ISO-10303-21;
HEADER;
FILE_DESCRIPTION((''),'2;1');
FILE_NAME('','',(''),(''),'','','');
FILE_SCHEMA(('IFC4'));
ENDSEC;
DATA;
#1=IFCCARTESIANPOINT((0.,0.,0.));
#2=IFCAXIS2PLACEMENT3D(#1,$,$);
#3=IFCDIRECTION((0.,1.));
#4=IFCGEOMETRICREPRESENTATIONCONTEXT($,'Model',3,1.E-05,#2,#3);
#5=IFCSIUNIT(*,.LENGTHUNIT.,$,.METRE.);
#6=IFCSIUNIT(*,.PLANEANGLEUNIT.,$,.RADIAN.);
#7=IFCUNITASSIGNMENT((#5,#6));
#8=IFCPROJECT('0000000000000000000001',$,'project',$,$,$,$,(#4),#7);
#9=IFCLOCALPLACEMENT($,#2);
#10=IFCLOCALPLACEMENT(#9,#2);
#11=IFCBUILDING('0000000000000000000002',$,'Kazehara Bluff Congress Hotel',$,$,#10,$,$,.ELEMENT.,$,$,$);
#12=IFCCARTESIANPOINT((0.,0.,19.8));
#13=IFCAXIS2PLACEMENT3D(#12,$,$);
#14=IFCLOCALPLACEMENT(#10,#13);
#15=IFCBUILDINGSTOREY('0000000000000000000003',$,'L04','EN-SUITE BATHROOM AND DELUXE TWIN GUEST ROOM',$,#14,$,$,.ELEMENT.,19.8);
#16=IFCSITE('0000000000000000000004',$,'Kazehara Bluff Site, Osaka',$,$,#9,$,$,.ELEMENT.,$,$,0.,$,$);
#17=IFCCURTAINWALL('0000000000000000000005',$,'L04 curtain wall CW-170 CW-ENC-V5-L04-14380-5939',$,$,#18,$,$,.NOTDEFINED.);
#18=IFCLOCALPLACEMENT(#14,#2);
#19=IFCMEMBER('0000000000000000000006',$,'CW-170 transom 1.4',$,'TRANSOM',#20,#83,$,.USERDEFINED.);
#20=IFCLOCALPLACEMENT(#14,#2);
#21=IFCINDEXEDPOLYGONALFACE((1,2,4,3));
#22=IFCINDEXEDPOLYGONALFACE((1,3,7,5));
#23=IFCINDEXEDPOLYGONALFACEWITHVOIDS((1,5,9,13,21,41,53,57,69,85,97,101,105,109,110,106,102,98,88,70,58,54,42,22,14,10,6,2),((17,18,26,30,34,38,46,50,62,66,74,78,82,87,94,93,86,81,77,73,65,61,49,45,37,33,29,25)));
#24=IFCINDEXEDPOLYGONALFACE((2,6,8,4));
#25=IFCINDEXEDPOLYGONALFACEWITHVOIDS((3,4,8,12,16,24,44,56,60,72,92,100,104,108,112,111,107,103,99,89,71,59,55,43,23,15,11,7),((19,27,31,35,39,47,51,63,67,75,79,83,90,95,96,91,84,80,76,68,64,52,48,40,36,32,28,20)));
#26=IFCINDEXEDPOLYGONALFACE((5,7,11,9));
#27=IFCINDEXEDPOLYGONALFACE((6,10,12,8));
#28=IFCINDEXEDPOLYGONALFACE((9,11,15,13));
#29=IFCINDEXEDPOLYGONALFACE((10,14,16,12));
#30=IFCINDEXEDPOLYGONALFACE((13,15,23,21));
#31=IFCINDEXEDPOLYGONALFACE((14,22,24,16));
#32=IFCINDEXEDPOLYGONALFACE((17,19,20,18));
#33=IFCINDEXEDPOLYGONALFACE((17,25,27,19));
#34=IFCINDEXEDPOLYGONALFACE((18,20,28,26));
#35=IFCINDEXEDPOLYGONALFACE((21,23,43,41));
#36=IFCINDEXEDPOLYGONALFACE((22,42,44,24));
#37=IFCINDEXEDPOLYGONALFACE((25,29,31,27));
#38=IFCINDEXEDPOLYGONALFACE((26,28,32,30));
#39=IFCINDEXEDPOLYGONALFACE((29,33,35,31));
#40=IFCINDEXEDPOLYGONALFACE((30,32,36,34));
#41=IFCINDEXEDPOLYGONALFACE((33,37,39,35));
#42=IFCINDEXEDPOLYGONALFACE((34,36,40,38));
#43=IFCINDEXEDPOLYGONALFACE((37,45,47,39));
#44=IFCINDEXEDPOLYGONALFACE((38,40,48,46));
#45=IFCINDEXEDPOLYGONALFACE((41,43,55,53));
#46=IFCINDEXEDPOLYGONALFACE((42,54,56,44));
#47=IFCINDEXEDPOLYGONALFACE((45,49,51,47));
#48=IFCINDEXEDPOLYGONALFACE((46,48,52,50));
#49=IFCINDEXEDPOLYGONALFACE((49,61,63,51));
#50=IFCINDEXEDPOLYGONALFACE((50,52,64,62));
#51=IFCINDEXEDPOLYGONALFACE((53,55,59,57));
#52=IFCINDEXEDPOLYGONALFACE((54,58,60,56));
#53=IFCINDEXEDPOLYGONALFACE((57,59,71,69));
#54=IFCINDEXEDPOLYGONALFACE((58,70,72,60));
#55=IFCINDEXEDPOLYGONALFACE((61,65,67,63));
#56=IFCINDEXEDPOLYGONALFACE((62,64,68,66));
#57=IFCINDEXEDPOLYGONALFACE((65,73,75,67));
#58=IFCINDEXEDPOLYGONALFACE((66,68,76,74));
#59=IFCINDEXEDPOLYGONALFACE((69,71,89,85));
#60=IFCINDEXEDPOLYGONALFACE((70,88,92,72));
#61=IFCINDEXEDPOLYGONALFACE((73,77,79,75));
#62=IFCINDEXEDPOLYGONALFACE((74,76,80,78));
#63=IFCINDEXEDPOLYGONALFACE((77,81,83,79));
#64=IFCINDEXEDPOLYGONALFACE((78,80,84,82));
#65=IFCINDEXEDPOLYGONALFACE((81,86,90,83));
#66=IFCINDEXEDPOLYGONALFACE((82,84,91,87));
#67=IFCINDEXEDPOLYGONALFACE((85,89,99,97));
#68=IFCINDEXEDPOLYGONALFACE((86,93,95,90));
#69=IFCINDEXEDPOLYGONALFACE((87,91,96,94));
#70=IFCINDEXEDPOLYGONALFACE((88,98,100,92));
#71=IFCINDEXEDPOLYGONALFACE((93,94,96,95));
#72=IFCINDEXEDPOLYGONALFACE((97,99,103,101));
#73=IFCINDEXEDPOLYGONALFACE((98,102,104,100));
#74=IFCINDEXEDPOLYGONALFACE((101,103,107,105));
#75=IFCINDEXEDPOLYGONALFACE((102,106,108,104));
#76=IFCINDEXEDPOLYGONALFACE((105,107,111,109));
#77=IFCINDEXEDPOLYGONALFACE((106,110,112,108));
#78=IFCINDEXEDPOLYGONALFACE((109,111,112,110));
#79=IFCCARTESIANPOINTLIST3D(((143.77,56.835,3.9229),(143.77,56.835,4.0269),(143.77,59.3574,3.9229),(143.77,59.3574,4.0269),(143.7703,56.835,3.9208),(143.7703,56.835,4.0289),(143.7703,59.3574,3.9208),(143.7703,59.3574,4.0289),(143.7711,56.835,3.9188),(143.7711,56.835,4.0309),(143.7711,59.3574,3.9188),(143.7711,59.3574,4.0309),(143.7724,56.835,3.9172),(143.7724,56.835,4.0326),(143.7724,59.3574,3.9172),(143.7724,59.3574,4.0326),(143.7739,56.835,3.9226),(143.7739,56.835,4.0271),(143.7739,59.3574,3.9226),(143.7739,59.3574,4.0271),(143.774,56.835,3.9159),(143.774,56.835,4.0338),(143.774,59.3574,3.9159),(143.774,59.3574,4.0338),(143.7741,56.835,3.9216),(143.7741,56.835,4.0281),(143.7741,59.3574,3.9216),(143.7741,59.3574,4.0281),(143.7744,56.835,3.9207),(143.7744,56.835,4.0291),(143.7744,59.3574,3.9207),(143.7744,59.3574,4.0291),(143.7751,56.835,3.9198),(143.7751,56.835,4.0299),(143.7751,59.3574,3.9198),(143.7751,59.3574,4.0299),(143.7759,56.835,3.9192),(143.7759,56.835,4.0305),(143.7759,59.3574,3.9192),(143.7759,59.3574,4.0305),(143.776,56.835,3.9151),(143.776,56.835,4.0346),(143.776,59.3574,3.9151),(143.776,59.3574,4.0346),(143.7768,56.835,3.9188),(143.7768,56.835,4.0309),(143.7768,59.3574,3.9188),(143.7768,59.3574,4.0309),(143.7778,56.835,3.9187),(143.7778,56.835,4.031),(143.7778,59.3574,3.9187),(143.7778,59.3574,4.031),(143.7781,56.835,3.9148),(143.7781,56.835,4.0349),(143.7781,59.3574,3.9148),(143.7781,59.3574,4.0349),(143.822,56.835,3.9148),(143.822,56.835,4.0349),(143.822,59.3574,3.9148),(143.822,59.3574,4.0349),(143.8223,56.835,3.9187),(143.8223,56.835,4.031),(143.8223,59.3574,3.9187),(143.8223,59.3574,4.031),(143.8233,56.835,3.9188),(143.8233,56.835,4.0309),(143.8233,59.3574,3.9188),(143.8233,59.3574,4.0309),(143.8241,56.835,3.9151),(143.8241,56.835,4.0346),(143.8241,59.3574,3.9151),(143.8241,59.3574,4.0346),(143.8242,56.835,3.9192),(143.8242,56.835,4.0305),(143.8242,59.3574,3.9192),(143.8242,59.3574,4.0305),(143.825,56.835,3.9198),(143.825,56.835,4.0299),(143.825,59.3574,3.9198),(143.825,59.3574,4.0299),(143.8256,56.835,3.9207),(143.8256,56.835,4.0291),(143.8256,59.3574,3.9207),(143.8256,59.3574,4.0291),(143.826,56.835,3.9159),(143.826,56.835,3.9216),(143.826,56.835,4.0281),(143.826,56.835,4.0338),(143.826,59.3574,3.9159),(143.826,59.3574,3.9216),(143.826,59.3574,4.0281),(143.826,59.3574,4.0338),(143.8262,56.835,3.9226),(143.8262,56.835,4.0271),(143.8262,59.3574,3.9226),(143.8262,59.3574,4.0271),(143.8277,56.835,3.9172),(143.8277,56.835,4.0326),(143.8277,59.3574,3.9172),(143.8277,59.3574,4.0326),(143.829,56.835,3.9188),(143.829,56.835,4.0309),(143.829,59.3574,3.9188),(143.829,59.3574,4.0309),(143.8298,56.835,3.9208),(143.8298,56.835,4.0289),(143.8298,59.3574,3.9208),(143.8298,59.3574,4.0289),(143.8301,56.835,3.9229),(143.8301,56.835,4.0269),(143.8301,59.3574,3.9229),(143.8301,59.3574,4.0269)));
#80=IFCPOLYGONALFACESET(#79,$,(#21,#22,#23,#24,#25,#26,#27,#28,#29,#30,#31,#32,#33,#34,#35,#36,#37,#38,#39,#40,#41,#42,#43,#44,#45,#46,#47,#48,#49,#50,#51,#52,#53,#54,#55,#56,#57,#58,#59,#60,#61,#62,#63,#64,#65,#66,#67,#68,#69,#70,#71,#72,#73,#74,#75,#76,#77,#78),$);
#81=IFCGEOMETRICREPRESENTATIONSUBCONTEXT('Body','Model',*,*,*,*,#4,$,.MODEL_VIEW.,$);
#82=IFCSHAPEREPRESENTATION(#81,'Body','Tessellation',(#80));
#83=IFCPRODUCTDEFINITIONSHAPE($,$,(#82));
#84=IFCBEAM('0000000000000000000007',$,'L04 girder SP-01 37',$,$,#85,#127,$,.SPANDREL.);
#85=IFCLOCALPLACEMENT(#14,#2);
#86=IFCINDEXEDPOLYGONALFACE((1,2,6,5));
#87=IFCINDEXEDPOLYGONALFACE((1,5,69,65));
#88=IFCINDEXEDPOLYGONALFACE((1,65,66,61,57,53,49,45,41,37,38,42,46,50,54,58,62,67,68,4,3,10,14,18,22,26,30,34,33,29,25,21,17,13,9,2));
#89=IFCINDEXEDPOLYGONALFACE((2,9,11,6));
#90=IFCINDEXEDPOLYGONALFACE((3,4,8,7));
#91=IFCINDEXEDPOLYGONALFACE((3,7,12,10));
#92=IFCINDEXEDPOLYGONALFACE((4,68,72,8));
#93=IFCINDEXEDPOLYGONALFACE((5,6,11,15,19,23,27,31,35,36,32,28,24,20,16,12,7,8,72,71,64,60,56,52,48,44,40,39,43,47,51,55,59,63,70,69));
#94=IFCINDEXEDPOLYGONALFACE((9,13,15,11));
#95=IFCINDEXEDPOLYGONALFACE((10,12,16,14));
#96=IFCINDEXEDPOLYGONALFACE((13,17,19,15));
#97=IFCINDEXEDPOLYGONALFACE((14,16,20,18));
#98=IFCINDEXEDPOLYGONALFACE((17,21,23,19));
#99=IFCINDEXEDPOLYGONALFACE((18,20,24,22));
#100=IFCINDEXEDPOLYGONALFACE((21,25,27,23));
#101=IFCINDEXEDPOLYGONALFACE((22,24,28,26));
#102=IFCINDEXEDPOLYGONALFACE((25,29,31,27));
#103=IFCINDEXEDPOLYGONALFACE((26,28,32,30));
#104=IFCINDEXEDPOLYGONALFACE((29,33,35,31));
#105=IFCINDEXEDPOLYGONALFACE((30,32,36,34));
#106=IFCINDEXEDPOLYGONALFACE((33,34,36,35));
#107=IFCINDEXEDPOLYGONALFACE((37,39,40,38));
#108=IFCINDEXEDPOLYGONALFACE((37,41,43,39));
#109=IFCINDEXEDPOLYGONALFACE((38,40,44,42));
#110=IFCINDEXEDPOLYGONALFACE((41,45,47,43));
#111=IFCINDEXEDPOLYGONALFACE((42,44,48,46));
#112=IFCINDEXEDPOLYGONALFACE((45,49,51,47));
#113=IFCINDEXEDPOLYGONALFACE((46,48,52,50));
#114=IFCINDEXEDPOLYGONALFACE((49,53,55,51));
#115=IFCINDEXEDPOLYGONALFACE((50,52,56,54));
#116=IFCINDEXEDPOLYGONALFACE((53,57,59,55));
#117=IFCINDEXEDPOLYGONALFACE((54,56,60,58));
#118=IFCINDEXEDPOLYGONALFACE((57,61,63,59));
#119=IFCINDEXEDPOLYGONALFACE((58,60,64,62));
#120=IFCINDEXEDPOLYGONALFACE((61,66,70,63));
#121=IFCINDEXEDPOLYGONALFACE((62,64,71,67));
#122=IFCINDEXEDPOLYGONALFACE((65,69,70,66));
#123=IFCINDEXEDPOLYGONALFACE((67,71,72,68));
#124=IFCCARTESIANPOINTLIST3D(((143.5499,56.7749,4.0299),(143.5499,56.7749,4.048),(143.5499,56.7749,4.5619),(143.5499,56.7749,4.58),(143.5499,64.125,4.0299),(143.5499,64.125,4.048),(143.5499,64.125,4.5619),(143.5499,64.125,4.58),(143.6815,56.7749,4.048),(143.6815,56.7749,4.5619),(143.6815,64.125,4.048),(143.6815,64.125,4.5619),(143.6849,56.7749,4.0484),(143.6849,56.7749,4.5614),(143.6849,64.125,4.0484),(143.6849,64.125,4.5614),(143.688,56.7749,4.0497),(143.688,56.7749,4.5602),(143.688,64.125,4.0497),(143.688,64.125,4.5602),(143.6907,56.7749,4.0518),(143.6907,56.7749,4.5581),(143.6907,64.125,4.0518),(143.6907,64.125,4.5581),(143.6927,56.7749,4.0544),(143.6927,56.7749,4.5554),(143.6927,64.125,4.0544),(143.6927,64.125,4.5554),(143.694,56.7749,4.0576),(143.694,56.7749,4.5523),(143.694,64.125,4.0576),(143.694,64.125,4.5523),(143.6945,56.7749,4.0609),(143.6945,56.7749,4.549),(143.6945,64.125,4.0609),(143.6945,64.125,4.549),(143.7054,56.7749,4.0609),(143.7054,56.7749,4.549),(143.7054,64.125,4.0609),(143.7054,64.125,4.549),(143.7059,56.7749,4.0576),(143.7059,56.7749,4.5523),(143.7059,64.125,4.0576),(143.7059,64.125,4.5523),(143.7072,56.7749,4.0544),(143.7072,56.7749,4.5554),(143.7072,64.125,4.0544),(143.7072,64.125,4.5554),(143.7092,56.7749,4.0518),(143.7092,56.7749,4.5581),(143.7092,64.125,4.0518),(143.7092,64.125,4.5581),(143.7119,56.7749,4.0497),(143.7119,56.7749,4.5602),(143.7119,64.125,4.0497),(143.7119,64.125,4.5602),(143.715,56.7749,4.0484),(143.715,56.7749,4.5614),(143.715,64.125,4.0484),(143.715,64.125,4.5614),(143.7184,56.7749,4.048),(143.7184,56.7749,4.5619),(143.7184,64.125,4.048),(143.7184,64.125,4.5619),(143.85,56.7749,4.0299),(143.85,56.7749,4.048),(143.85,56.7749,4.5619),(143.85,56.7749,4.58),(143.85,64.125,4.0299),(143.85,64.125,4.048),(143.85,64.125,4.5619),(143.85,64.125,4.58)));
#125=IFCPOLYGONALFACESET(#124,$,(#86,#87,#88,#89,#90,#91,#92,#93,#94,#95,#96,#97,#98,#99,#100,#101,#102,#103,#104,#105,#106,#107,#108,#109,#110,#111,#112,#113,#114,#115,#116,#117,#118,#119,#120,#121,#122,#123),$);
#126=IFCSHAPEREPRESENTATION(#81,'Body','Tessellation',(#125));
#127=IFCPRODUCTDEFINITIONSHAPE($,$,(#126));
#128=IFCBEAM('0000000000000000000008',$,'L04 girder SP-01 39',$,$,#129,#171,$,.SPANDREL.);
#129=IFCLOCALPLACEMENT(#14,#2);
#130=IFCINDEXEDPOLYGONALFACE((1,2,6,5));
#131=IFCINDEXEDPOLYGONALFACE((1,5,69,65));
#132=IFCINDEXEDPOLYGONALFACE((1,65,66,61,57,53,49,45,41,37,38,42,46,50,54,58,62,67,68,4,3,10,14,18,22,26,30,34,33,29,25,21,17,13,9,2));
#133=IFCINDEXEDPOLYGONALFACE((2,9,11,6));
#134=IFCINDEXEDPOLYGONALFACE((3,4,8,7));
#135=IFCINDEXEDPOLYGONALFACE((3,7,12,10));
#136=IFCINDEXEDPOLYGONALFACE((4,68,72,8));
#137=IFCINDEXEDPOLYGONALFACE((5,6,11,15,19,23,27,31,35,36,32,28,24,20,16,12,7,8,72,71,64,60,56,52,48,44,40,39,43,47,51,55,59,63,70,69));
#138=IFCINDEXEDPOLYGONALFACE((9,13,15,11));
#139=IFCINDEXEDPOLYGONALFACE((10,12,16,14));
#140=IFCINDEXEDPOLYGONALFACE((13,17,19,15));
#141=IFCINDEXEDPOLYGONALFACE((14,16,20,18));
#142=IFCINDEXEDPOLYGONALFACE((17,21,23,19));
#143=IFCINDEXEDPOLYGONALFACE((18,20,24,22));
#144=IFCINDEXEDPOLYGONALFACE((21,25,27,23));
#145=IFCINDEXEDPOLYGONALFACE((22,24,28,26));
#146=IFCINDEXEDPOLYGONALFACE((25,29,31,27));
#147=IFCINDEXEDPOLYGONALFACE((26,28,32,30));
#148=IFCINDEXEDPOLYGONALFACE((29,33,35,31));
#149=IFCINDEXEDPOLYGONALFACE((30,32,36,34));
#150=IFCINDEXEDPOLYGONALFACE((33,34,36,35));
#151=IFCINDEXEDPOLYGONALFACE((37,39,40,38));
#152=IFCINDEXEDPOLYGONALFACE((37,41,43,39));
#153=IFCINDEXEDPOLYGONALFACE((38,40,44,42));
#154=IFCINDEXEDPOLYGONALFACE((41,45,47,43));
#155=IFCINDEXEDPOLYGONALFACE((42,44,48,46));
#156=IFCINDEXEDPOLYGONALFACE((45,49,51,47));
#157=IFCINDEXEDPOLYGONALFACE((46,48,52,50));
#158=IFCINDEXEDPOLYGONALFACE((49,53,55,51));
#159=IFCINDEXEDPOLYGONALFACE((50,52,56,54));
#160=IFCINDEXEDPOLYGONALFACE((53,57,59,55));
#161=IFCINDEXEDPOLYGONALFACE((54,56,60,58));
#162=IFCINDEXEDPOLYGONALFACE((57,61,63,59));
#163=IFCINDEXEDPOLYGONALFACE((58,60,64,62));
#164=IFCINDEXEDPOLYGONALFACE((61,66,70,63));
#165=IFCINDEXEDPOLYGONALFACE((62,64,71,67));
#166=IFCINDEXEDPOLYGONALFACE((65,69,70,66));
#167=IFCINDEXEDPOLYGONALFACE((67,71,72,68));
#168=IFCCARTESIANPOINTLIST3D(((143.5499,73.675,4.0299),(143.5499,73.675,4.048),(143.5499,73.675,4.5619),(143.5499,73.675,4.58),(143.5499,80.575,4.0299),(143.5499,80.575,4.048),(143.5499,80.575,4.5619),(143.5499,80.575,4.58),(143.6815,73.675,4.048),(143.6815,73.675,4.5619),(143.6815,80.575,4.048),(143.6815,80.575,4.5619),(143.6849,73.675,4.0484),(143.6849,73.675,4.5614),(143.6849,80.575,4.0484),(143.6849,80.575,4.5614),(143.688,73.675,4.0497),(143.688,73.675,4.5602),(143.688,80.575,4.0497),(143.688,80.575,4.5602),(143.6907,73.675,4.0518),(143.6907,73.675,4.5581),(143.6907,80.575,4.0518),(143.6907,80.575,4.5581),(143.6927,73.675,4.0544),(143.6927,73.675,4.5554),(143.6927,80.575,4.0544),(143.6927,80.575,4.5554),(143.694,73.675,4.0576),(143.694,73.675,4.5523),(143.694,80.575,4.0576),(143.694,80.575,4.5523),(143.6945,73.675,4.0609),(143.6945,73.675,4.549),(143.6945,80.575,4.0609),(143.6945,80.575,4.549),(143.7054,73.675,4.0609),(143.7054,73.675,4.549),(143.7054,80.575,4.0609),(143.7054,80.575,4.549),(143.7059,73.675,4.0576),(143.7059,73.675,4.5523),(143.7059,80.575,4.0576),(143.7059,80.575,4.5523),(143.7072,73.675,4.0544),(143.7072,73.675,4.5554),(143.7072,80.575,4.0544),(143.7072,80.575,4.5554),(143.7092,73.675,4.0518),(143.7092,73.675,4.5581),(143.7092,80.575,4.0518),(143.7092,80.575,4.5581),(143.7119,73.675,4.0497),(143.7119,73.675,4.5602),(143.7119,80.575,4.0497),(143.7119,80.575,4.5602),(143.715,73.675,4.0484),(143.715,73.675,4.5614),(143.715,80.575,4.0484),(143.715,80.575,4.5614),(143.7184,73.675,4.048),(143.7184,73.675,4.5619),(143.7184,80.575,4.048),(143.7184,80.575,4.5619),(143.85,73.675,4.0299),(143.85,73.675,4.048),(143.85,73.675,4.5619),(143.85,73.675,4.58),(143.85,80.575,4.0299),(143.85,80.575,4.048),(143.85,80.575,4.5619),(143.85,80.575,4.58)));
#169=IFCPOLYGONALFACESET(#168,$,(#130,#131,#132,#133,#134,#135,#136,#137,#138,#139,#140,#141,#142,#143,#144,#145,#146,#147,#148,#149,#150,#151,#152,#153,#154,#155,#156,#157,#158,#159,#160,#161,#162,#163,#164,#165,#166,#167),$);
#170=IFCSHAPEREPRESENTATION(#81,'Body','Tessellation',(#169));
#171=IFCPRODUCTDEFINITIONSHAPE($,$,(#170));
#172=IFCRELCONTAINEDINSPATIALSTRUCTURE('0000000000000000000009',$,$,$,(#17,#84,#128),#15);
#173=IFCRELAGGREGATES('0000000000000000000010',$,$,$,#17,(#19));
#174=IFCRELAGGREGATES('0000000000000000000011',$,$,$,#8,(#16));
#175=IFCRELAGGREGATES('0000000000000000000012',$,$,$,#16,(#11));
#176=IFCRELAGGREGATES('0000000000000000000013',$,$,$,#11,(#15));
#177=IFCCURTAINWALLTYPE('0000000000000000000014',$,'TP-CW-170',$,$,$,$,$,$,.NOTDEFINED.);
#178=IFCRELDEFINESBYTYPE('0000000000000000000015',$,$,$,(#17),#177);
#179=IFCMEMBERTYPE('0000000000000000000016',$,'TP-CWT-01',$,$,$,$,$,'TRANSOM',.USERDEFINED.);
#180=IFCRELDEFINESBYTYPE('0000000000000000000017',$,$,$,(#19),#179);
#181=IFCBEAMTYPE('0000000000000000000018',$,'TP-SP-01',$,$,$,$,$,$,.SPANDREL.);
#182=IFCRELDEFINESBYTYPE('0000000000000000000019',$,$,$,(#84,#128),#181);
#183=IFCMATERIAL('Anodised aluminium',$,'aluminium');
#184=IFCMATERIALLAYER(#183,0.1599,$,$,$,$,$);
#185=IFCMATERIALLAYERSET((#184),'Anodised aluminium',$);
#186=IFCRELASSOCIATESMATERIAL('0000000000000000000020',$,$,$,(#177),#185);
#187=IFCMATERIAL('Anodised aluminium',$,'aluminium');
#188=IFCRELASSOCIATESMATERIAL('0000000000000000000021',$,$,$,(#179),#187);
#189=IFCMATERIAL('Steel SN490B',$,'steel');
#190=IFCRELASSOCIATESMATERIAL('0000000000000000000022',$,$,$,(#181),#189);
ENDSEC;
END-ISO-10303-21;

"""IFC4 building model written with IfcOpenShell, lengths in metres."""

from ifc_helpers import new_model, si_unit, direction, frame, origin, origin_2d, place, context, subcontext, project, spatial, hollow_rectangle, i_section, extrude, material, layer, layer_set, material_profile, profile_set, type_object, element, aggregate, save


model = new_model("IFC4")

# Units and contexts
model_context = context("Model", 3, precision=1e-05, world=origin(), true_north=direction((0.0, 1.0)))
body_context = subcontext(model_context, "Body", "Model", "MODEL_VIEW")
ifc_project = project(units=[si_unit("LENGTHUNIT", "METRE"), si_unit("PLANEANGLEUNIT", "RADIAN")], contexts=[model_context])

# Site, building, storey
site_placement = place(None, origin())
site = spatial("IfcSite", under=ifc_project, at=site_placement, Name="Kazehara Bluff Site, Osaka", CompositionType="ELEMENT", RefElevation=0.0)
building_placement = place(site_placement, origin())
building = spatial("IfcBuilding", under=site, at=building_placement, Name="Kazehara Bluff Congress Hotel", CompositionType="ELEMENT")
storey_placement = place(building_placement, frame((0.0, 0.0, 19.8)))
storey = spatial("IfcBuildingStorey", under=building, at=storey_placement, Name="L04", Description="EN-SUITE BATHROOM AND DELUXE TWIN GUEST ROOM", CompositionType="ELEMENT", Elevation=19.8)

# Curtain wall, member
ifc_material_1 = material(Name="Anodised aluminium", Category="aluminium")
ifc_layer_1 = layer(ifc_material_1, 0.1599)
ifc_layer_set_1 = layer_set([ifc_layer_1], Name="Anodised aluminium")
curtain_wall_type = type_object("IfcCurtainWallType", Name="TP-CW-170", PredefinedType="NOTDEFINED", material=ifc_layer_set_1)
curtain_wall_placement = place(storey_placement, origin())
curtain_wall = element("IfcCurtainWall", 1, at=curtain_wall_placement, inside=storey, type_object=curtain_wall_type, Name="L04 curtain wall CW-170 CW-ENC-V5-L04-14380-5939", PredefinedType="NOTDEFINED")
ifc_material_2 = material(Name="Anodised aluminium", Category="aluminium")
ifc_material_profile_1 = material_profile(ifc_material_2, hollow_rectangle(XDim=0.0601, YDim=0.1201, WallThickness=0.0039, InnerFilletRadius=0.0039, OuterFilletRadius=0.0081, at=origin_2d()))
ifc_profile_set_1 = profile_set([ifc_material_profile_1], Name="Anodised aluminium")
member_type_1 = type_object("IfcMemberType", Name="TP-CWT-01", ElementType="TRANSOM", PredefinedType="USERDEFINED", material=ifc_profile_set_1)
member_1_placement = place(storey_placement, frame((143.8, 56.835, 3.9749), z_axis=(0.0, 1.0, 0.0), x_axis=(-1.0, 0.0, 0.0)))
member_1 = element("IfcMember", 2, at=member_1_placement, type_object=member_type_1, Name="CW-170 transom 1.4", ObjectType="TRANSOM", PredefinedType="USERDEFINED", context=body_context, shape_type="SweptSolid", body=[
    extrude(hollow_rectangle(XDim=0.0601, YDim=0.1201, WallThickness=0.0039, InnerFilletRadius=0.0039, OuterFilletRadius=0.0081, at=origin_2d()), origin(), (0.0, 0.0, 1.0), 2.5225),
])

# Beams
ifc_material_3 = material(Name="Steel SN490B", Category="steel")
ifc_material_profile_2 = material_profile(ifc_material_3, i_section(OverallWidth=0.3, OverallDepth=0.55, WebThickness=0.011, FlangeThickness=0.0181, FilletRadius=0.0129, at=origin_2d()))
ifc_profile_set_2 = profile_set([ifc_material_profile_2], Name="Steel SN490B")
beam_type_1 = type_object("IfcBeamType", Name="TP-SP-01", PredefinedType="SPANDREL", material=ifc_profile_set_2)
beam_1_placement = place(storey_placement, frame((143.7, 56.7749, 4.3049), z_axis=(0.0, 1.0, 0.0), x_axis=(-1.0, 0.0, 0.0)))
element("IfcBeam", 3, at=beam_1_placement, inside=storey, type_object=beam_type_1, Name="L04 girder SP-01 37", PredefinedType="SPANDREL", context=body_context, shape_type="SweptSolid", body=[
    extrude(i_section(OverallWidth=0.3, OverallDepth=0.55, WebThickness=0.011, FlangeThickness=0.0181, FilletRadius=0.0129, at=origin_2d()), origin(), (0.0, 0.0, 1.0), 7.3501),
])
beam_2_placement = place(storey_placement, frame((143.7, 73.675, 4.3049), z_axis=(0.0, 1.0, 0.0), x_axis=(-1.0, 0.0, 0.0)))
element("IfcBeam", 4, at=beam_2_placement, inside=storey, type_object=beam_type_1, Name="L04 girder SP-01 39", PredefinedType="SPANDREL", context=body_context, shape_type="SweptSolid", body=[
    extrude(i_section(OverallWidth=0.3, OverallDepth=0.55, WebThickness=0.011, FlangeThickness=0.0181, FilletRadius=0.0129, at=origin_2d()), origin(), (0.0, 0.0, 1.0), 6.8999),
])

aggregate(curtain_wall, [member_1])

save(model, "model.ifc")
